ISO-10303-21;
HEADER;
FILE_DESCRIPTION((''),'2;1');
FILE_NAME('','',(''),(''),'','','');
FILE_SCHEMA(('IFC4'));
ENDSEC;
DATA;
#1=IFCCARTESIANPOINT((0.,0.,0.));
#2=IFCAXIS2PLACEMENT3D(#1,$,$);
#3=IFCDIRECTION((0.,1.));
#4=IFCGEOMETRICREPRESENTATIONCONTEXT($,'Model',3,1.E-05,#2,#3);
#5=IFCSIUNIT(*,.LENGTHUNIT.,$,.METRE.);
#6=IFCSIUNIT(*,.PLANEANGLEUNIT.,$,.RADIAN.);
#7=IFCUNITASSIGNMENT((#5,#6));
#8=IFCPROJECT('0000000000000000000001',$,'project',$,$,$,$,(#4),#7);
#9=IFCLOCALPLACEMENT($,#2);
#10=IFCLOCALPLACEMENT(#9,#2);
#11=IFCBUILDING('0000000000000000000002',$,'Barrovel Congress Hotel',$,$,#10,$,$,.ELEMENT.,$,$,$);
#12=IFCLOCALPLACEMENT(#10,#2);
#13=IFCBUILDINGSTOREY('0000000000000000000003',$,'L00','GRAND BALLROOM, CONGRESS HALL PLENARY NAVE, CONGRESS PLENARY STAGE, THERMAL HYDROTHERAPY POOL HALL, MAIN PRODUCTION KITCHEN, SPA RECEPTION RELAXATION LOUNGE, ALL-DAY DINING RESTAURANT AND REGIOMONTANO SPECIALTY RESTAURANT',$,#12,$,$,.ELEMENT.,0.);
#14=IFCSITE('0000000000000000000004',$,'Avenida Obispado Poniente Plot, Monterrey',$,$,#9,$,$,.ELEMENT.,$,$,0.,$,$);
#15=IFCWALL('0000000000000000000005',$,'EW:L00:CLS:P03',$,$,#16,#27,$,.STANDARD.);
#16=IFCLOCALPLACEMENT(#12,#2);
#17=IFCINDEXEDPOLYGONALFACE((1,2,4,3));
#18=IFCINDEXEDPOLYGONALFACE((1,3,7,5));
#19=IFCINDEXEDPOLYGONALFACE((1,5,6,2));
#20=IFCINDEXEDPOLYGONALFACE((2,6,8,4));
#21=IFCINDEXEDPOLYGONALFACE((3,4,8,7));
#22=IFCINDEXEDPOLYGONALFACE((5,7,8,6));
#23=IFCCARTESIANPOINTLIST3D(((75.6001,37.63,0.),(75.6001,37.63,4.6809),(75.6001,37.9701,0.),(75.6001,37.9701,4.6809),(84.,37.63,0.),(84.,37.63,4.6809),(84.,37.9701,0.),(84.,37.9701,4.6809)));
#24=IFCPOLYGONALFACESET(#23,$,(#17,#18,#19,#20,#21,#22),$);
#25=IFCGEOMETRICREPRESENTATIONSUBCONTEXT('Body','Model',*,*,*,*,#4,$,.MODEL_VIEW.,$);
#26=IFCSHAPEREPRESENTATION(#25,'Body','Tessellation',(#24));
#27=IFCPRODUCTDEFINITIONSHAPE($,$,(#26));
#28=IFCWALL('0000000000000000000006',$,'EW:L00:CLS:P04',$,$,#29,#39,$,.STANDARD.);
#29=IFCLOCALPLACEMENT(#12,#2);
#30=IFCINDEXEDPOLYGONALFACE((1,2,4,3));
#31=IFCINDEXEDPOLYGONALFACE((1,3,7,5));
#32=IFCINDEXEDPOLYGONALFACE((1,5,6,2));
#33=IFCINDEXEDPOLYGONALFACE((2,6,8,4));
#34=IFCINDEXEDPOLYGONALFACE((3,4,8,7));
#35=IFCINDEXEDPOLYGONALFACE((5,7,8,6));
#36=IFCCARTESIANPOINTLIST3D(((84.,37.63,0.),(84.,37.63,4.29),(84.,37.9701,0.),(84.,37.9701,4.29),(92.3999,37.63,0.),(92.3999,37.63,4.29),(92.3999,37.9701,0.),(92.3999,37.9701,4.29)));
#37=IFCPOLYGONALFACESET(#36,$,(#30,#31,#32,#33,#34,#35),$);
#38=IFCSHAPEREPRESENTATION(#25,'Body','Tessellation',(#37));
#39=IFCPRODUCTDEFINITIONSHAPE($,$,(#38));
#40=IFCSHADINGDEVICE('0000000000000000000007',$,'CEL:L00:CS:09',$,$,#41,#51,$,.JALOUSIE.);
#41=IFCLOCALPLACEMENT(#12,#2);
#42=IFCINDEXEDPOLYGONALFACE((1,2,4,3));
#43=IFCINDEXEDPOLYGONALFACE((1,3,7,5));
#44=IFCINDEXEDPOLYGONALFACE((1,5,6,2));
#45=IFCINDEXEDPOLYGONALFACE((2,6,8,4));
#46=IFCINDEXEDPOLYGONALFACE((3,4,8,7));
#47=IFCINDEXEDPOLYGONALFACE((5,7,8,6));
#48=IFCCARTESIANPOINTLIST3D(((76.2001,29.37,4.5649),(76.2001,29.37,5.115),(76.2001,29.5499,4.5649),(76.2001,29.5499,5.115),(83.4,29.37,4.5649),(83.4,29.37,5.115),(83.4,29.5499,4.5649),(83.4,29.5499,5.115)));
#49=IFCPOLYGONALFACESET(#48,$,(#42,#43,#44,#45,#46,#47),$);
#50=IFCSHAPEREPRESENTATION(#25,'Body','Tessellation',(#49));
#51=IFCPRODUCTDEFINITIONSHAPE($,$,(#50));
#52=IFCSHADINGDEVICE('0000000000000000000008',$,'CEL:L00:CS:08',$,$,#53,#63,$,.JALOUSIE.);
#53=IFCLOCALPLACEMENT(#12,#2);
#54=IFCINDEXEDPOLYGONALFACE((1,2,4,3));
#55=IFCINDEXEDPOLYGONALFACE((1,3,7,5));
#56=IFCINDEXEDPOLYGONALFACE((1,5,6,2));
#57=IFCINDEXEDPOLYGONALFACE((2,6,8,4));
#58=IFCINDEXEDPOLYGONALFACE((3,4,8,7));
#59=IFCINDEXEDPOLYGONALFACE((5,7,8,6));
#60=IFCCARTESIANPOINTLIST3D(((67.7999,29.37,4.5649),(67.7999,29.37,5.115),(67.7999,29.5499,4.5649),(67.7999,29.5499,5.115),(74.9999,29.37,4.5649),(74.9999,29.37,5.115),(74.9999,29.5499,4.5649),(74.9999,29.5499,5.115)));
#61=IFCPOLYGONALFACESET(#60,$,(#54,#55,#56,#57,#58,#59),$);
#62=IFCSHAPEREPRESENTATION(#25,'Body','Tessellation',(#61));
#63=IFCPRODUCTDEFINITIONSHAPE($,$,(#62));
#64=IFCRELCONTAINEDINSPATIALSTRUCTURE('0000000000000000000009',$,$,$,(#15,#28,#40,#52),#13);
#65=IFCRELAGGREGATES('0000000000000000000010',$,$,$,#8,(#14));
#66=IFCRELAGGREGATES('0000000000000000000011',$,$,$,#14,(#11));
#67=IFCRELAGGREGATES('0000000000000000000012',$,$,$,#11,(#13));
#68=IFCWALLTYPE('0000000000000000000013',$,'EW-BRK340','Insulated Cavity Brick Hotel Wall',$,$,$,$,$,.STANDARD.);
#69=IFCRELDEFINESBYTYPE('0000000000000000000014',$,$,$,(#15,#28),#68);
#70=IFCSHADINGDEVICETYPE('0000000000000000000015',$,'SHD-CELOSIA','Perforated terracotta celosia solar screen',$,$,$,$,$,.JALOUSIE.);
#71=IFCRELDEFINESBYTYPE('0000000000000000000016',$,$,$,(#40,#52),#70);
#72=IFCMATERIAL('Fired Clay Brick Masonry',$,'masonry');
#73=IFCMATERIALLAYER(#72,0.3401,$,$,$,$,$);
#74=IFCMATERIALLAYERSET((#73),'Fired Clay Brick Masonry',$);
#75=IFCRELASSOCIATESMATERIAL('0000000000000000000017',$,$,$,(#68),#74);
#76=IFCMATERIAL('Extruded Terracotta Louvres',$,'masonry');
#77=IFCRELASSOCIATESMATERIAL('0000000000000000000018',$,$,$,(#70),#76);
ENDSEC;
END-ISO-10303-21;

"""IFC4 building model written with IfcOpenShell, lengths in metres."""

from ifc_helpers import new_model, si_unit, direction, frame, frame_2d, origin, origin_2d, place, context, subcontext, project, spatial, rectangle, extrude, material, layer, layer_set, type_object, element, save


model = new_model("IFC4")

# Units and contexts
model_context = context("Model", 3, precision=1e-05, world=origin(), true_north=direction((0.0, 1.0)))
body_context = subcontext(model_context, "Body", "Model", "MODEL_VIEW")
ifc_project = project(units=[si_unit("LENGTHUNIT", "METRE"), si_unit("PLANEANGLEUNIT", "RADIAN")], contexts=[model_context])

# Site, building, storey
site_placement = place(None, origin())
site = spatial("IfcSite", under=ifc_project, at=site_placement, Name="Avenida Obispado Poniente Plot, Monterrey", CompositionType="ELEMENT", RefElevation=0.0)
building_placement = place(site_placement, origin())
building = spatial("IfcBuilding", under=site, at=building_placement, Name="Barrovel Congress Hotel", CompositionType="ELEMENT")
storey_placement = place(building_placement, origin())
storey = spatial("IfcBuildingStorey", under=building, at=storey_placement, Name="L00", Description="GRAND BALLROOM, CONGRESS HALL PLENARY NAVE, CONGRESS PLENARY STAGE, THERMAL HYDROTHERAPY POOL HALL, MAIN PRODUCTION KITCHEN, SPA RECEPTION RELAXATION LOUNGE, ALL-DAY DINING RESTAURANT AND REGIOMONTANO SPECIALTY RESTAURANT", CompositionType="ELEMENT", Elevation=0.0)

# Walls
ifc_material_1 = material(Name="Fired Clay Brick Masonry", Category="masonry")
ifc_layer_1 = layer(ifc_material_1, 0.3401)
ifc_layer_set_1 = layer_set([ifc_layer_1], Name="Fired Clay Brick Masonry")
wall_type = type_object("IfcWallType", Name="EW-BRK340", Description="Insulated Cavity Brick Hotel Wall", PredefinedType="STANDARD", material=ifc_layer_set_1)
wall_1_placement = place(storey_placement, frame((75.6001, 37.8, 0.0), z_axis=(0.0, 0.0, 1.0), x_axis=(1.0, 0.0, 0.0)))
element("IfcWall", 1, at=wall_1_placement, inside=storey, type_object=wall_type, Name="EW:L00:CLS:P03", PredefinedType="STANDARD", context=body_context, shape_type="SweptSolid", body=[
    extrude(rectangle(XDim=8.3999, YDim=0.3401, at=frame_2d((4.2, 0.0))), origin(), (0.0, 0.0, 1.0), 4.6809),
])
wall_2_placement = place(storey_placement, frame((84.0, 37.8, 0.0), z_axis=(0.0, 0.0, 1.0), x_axis=(1.0, 0.0, 0.0)))
element("IfcWall", 2, at=wall_2_placement, inside=storey, type_object=wall_type, Name="EW:L00:CLS:P04", PredefinedType="STANDARD", context=body_context, shape_type="SweptSolid", body=[
    extrude(rectangle(XDim=8.3999, YDim=0.3401, at=frame_2d((4.2, 0.0))), origin(), (0.0, 0.0, 1.0), 4.29),
])

# Shading devices
ifc_material_2 = material(Name="Extruded Terracotta Louvres", Category="masonry")
shading_device_type = type_object("IfcShadingDeviceType", Name="SHD-CELOSIA", Description="Perforated terracotta celosia solar screen", PredefinedType="JALOUSIE", material=ifc_material_2)
for number, where, z_axis, x_axis, name in (
    (3, (79.8, 29.46, 4.5649), (0.0, 0.0, 1.0), (1.0, 0.0, 0.0), "CEL:L00:CS:09"),
    (4, (71.3999, 29.46, 4.5649), (0.0, 0.0, 1.0), (1.0, 0.0, 0.0), "CEL:L00:CS:08"),
):
    element("IfcShadingDevice", number, at=place(storey_placement, frame(where, z_axis=z_axis, x_axis=x_axis)), inside=storey, type_object=shading_device_type, Name=name, PredefinedType="JALOUSIE", context=body_context, shape_type="SweptSolid", body=[
        extrude(rectangle(XDim=7.2, YDim=0.1799, at=origin_2d()), origin(), (0.0, 0.0, 1.0), 0.55),
    ])

save(model, "model.ifc")
